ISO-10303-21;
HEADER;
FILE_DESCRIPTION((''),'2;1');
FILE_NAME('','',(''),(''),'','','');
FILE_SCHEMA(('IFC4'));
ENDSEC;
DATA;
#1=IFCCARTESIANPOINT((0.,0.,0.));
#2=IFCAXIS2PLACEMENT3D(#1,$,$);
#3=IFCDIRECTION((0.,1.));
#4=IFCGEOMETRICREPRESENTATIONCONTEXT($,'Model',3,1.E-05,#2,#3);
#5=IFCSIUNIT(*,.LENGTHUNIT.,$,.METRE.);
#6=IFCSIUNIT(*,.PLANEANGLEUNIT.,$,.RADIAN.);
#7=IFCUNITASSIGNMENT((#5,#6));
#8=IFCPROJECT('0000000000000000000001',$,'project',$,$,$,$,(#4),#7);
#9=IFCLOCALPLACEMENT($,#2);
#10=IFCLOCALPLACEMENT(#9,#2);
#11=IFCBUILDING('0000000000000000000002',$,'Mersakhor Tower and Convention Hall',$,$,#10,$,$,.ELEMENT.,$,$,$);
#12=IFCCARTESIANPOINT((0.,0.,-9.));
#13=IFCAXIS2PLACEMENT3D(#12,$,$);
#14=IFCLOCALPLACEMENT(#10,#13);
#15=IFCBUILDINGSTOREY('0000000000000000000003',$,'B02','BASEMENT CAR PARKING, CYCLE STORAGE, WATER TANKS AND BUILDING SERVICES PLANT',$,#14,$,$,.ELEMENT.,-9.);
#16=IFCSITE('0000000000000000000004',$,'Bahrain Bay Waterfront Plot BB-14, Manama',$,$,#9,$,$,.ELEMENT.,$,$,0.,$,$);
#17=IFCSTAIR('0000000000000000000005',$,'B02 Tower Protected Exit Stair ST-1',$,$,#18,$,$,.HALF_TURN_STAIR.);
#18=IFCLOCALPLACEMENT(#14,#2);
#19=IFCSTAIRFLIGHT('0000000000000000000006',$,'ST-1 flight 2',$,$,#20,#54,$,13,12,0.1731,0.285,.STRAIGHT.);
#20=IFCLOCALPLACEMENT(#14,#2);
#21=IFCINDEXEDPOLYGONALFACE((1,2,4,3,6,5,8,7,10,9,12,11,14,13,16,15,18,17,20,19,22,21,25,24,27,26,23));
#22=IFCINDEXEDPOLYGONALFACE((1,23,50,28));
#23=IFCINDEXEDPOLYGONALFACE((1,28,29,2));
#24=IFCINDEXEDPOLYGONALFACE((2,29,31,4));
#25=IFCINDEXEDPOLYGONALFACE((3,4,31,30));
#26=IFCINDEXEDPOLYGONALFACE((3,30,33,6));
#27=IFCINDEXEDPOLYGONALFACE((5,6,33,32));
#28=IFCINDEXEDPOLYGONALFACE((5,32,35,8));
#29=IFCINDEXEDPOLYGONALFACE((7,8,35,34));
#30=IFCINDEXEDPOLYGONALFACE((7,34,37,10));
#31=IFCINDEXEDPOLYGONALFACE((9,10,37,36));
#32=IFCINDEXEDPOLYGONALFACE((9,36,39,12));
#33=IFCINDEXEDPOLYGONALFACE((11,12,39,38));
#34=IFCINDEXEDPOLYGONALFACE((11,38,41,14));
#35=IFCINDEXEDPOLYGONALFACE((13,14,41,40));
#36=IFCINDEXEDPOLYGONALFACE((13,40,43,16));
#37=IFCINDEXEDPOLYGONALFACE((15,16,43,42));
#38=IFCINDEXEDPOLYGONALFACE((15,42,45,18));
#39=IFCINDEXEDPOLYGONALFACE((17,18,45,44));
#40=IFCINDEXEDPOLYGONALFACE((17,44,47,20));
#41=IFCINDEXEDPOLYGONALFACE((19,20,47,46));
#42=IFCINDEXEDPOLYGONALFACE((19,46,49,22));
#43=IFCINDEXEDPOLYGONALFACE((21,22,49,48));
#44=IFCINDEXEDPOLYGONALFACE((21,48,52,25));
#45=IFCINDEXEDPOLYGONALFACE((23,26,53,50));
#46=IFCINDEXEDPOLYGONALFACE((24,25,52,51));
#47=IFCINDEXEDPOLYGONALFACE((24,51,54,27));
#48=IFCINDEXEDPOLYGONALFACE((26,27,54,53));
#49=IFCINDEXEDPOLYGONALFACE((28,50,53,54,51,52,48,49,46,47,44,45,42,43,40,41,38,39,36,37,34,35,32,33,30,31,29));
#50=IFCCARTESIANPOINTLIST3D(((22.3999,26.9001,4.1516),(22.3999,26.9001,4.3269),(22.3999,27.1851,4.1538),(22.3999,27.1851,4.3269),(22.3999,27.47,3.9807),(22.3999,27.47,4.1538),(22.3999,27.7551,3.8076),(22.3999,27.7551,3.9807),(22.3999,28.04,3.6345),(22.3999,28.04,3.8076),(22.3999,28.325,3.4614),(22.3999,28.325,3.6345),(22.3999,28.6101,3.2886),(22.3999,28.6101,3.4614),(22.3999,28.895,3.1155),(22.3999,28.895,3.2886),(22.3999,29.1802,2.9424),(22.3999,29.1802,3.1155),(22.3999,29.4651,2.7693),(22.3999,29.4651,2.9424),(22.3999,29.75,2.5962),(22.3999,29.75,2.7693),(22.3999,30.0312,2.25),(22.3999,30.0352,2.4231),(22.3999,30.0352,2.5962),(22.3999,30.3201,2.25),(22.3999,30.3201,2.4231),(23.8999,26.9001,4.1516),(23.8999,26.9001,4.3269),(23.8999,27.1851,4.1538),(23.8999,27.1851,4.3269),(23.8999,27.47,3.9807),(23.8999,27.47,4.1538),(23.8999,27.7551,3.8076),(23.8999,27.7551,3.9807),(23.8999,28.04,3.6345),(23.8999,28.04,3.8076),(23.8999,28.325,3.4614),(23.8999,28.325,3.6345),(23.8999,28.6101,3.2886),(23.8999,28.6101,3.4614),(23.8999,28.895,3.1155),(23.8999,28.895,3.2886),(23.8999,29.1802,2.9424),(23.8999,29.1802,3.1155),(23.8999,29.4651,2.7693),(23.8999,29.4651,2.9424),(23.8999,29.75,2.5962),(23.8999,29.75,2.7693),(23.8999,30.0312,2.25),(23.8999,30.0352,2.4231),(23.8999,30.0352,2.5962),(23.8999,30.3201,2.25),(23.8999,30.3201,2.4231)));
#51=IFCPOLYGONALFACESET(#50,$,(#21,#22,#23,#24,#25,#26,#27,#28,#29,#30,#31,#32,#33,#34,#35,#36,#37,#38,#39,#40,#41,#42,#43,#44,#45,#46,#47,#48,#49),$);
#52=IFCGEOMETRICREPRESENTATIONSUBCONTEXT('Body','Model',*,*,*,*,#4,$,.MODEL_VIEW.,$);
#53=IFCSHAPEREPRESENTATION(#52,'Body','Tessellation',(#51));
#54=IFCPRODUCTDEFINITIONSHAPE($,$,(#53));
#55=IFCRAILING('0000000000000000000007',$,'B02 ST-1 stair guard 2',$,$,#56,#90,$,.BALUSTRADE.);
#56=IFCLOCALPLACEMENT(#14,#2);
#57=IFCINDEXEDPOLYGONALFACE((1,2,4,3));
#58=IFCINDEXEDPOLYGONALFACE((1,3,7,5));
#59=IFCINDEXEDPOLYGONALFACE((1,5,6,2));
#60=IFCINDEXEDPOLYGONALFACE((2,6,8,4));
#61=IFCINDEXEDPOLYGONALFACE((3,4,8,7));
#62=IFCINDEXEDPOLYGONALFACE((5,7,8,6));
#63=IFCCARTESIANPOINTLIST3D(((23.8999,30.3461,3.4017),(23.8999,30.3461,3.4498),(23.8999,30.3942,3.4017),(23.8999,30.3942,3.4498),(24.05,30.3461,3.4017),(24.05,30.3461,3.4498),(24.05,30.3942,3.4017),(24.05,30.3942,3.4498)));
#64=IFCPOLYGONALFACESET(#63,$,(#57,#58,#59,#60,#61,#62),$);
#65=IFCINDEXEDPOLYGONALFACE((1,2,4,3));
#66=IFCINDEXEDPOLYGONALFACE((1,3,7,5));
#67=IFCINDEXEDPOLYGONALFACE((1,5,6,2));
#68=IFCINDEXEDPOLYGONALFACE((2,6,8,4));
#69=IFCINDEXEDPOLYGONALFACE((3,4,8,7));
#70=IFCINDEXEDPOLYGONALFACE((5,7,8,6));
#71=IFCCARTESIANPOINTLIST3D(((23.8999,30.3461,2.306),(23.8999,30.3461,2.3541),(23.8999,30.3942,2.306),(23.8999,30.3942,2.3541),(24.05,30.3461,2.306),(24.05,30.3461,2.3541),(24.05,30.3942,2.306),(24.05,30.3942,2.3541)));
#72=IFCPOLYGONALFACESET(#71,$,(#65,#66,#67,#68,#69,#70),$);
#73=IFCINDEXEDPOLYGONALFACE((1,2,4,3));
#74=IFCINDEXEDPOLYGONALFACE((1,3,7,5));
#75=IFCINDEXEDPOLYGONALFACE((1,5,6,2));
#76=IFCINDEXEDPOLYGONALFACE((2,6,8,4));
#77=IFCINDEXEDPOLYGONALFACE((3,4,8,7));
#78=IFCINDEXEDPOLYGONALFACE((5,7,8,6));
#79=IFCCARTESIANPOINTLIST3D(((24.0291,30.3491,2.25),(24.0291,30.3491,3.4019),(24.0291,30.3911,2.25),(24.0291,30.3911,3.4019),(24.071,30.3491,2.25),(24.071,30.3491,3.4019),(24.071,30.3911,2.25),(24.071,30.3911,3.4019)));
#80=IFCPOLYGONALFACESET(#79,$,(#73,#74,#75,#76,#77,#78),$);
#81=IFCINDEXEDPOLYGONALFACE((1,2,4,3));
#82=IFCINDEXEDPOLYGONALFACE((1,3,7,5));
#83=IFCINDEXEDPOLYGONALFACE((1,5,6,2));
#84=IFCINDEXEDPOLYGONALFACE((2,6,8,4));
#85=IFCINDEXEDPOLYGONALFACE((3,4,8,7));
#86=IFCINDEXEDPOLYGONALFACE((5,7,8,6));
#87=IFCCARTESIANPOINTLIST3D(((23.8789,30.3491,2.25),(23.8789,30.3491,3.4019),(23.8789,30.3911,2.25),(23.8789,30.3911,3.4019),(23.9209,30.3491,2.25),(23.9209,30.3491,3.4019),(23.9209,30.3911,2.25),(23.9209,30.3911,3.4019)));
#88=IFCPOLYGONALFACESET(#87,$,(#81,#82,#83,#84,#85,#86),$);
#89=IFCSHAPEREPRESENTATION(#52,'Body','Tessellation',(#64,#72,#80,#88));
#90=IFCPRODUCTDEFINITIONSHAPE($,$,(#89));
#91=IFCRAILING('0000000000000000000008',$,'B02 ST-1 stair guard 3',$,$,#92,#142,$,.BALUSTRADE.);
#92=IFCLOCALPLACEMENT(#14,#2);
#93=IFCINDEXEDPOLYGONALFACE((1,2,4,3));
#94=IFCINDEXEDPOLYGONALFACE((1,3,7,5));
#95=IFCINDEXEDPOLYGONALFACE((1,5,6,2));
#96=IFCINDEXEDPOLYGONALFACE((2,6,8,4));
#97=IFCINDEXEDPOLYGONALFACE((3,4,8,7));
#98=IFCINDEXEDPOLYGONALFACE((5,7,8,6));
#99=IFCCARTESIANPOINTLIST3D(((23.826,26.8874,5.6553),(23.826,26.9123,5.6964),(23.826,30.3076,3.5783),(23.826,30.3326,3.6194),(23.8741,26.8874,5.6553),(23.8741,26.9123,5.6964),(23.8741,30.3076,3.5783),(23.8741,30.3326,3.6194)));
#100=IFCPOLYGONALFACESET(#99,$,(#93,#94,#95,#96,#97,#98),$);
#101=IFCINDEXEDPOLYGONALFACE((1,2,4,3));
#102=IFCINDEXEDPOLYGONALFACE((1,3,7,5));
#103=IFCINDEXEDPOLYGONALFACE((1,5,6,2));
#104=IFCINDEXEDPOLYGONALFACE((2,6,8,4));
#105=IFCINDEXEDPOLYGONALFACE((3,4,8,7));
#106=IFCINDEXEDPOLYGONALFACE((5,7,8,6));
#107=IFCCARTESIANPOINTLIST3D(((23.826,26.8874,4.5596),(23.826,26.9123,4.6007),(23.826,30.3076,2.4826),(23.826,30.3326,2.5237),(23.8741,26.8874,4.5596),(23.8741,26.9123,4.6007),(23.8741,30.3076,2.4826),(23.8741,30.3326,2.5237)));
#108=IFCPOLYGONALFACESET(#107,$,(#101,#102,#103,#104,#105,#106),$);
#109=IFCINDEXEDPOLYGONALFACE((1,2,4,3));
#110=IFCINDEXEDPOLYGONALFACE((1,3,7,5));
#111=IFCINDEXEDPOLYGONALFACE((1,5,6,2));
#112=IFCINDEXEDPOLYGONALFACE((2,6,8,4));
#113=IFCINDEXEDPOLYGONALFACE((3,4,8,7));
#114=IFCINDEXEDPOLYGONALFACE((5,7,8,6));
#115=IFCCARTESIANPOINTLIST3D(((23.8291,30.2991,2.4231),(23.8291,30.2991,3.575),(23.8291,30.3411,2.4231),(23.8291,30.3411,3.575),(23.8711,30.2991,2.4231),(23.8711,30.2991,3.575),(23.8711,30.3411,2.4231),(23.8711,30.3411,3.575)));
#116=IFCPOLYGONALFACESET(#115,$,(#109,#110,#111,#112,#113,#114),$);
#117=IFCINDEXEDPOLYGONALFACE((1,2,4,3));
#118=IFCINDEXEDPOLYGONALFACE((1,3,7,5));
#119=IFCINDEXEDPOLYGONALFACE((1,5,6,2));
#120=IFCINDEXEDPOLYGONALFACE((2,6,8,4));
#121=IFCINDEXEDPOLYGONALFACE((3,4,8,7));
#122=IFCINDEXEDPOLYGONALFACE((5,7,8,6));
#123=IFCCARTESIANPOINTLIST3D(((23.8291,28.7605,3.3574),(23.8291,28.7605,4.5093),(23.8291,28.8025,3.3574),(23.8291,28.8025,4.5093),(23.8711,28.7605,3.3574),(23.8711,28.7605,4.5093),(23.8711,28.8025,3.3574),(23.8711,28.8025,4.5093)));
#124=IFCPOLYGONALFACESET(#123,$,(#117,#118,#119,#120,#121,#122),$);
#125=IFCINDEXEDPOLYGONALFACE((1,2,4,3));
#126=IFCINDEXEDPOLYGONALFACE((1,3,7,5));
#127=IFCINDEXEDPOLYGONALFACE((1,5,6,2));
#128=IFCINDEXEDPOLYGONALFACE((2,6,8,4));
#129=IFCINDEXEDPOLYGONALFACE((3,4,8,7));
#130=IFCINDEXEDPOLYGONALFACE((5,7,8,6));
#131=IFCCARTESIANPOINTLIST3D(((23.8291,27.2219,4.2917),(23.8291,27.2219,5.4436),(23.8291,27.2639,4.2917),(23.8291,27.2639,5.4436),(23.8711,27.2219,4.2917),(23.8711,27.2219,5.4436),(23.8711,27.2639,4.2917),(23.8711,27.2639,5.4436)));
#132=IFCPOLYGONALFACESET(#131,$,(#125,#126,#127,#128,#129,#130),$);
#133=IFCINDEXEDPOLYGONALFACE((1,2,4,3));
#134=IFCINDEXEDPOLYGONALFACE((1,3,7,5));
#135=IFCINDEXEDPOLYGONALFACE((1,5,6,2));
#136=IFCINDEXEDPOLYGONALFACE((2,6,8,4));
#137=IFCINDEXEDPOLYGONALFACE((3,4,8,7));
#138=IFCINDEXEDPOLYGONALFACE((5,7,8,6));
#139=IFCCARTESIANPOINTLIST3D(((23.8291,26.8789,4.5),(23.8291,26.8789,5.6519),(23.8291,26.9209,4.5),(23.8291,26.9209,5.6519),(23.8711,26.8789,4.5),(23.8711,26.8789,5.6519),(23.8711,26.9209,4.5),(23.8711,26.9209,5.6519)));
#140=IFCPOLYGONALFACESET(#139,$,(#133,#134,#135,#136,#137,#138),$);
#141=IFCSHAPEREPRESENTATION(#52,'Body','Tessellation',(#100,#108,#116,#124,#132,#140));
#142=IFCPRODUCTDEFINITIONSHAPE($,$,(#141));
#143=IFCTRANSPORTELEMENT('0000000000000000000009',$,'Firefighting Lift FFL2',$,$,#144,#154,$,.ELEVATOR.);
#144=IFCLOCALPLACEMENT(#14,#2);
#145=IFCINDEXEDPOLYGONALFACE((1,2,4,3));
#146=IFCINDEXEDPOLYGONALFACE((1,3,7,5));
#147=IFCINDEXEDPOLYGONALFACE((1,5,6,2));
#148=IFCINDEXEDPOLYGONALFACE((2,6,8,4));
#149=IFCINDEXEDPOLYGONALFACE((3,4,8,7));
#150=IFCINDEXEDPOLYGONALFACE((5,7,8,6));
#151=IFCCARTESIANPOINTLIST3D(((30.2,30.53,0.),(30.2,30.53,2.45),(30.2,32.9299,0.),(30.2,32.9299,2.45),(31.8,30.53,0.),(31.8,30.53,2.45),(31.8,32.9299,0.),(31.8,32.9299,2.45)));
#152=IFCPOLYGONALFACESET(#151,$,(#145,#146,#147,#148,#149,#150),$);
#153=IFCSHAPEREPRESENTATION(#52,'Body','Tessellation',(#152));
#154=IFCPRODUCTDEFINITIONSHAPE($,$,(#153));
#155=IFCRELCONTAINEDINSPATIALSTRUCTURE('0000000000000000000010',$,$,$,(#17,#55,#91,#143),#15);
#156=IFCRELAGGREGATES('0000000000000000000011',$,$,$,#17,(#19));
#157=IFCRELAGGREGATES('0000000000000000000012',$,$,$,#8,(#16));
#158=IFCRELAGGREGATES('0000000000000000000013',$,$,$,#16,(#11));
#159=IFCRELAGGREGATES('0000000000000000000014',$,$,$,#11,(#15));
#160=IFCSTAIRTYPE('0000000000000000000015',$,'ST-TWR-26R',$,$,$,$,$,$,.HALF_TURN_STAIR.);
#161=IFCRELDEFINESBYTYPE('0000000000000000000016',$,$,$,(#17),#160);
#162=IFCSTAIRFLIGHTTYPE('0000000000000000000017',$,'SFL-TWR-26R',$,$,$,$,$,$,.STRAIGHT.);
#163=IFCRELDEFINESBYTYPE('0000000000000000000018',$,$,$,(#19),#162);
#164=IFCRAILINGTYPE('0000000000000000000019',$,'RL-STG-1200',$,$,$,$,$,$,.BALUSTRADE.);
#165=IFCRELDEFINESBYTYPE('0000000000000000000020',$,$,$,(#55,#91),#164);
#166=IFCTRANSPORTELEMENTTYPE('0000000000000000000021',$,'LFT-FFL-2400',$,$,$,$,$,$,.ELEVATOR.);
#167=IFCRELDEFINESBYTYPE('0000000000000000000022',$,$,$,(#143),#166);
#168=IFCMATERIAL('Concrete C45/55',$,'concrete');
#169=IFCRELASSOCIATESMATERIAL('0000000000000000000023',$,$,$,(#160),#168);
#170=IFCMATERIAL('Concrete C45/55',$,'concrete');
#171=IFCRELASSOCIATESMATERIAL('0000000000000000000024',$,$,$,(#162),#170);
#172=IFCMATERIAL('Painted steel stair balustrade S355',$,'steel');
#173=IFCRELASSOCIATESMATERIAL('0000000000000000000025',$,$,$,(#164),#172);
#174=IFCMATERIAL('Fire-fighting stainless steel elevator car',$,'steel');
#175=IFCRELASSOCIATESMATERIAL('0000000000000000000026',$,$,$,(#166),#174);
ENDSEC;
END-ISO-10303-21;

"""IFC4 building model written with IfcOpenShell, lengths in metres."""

from ifc_helpers import new_model, si_unit, direction, frame, origin, origin_2d, place, context, subcontext, project, spatial, polyline, rectangle, outline, extrude, material, type_object, element, aggregate, save


model = new_model("IFC4")

# Units and contexts
model_context = context("Model", 3, precision=1e-05, world=origin(), true_north=direction((0.0, 1.0)))
body_context = subcontext(model_context, "Body", "Model", "MODEL_VIEW")
ifc_project = project(units=[si_unit("LENGTHUNIT", "METRE"), si_unit("PLANEANGLEUNIT", "RADIAN")], contexts=[model_context])

# Site, building, storey
site_placement = place(None, origin())
site = spatial("IfcSite", under=ifc_project, at=site_placement, Name="Bahrain Bay Waterfront Plot BB-14, Manama", CompositionType="ELEMENT", RefElevation=0.0)
building_placement = place(site_placement, origin())
building = spatial("IfcBuilding", under=site, at=building_placement, Name="Mersakhor Tower and Convention Hall", CompositionType="ELEMENT")
storey_placement = place(building_placement, frame((0.0, 0.0, -9.0)))
storey = spatial("IfcBuildingStorey", under=building, at=storey_placement, Name="B02", Description="BASEMENT CAR PARKING, CYCLE STORAGE, WATER TANKS AND BUILDING SERVICES PLANT", CompositionType="ELEMENT", Elevation=-9.0)

# Stair, stair flight
ifc_material_1 = material(Name="Concrete C45/55", Category="concrete")
stair_type = type_object("IfcStairType", Name="ST-TWR-26R", PredefinedType="HALF_TURN_STAIR", material=ifc_material_1)
stair_placement = place(storey_placement, origin())
stair = element("IfcStair", 1, at=stair_placement, inside=storey, type_object=stair_type, Name="B02 Tower Protected Exit Stair ST-1", PredefinedType="HALF_TURN_STAIR")
ifc_material_2 = material(Name="Concrete C45/55", Category="concrete")
stair_flight_type = type_object("IfcStairFlightType", Name="SFL-TWR-26R", PredefinedType="STRAIGHT", material=ifc_material_2)
stair_flight_placement = place(storey_placement, frame((23.1499, 30.3201, 2.25), z_axis=(0.0, 0.0, 1.0), x_axis=(0.0, -1.0, 0.0)))
stair_flight = element("IfcStairFlight", 2, at=stair_flight_placement, type_object=stair_flight_type, Name="ST-1 flight 2", NumberOfRisers=13, NumberOfTreads=12, PredefinedType="STRAIGHT", RiserHeight=0.1731, TreadLength=0.285, context=body_context, shape_type="SweptSolid", body=[
    extrude(outline(polyline([(0.0, 0.0), (0.0, 0.1731), (0.2849, 0.1731), (0.2849, 0.3462), (0.5701, 0.3462), (0.5701, 0.5193), (0.855, 0.5193), (0.855, 0.6924), (1.1399, 0.6924), (1.1399, 0.8655), (1.425, 0.8655), (1.425, 1.0386), (1.71, 1.0386), (1.71, 1.2114), (1.9951, 1.2114), (1.9951, 1.3845), (2.28, 1.3845), (2.28, 1.5576), (2.5649, 1.5576), (2.5649, 1.7307), (2.8501, 1.7307), (2.8501, 1.9038), (3.135, 1.9038), (3.135, 2.0769), (3.4199, 2.0769), (3.4199, 2.25), (3.4199, 1.9016), (0.2888, 0.0), (0.0, 0.0)])), frame((0.0, 0.75, 0.0), z_axis=(0.0, -1.0, 0.0), x_axis=(1.0, 0.0, 0.0)), (0.0, 0.0, 1.0), 1.5),
])
aggregate(stair, [stair_flight])

# Railings
ifc_material_3 = material(Name="Painted steel stair balustrade S355", Category="steel")
railing_type = type_object("IfcRailingType", Name="RL-STG-1200", PredefinedType="BALUSTRADE", material=ifc_material_3)
railing_1_placement = place(storey_placement, frame((24.05, 30.3701, 2.25)))
element("IfcRailing", 3, at=railing_1_placement, inside=storey, type_object=railing_type, Name="B02 ST-1 stair guard 2", PredefinedType="BALUSTRADE", context=body_context, shape_type="SweptSolid", body=[
    extrude(rectangle(XDim=0.0481, YDim=0.0481, at=origin_2d()), frame((0.0, 0.0, 1.1758), z_axis=(-1.0, 0.0, 0.0), x_axis=(0.0, -1.0, 0.0)), (0.0, 0.0, 1.0), 0.1501),
    extrude(rectangle(XDim=0.0481, YDim=0.0481, at=origin_2d()), frame((0.0, 0.0, 0.0801), z_axis=(-1.0, 0.0, 0.0), x_axis=(0.0, -1.0, 0.0)), (0.0, 0.0, 1.0), 0.1501),
    extrude(rectangle(XDim=0.042, YDim=0.042, at=origin_2d()), origin(), (0.0, 0.0, 1.0), 1.1519),
    extrude(rectangle(XDim=0.042, YDim=0.042, at=origin_2d()), frame((-0.1501, 0.0, 0.0)), (0.0, 0.0, 1.0), 1.1519),
])
railing_2_placement = place(storey_placement, frame((23.8501, 30.3201, 2.4231)))
element("IfcRailing", 4, at=railing_2_placement, inside=storey, type_object=railing_type, Name="B02 ST-1 stair guard 3", PredefinedType="BALUSTRADE", context=body_context, shape_type="SweptSolid", body=[
    extrude(rectangle(XDim=0.0481, YDim=0.0481, at=origin_2d()), frame((0.0, 0.0, 1.1758), z_axis=(0.0, -0.854746, 0.519047), x_axis=(1.0, 0.0, 0.0)), (0.0, 0.0, 1.0), 4.0015),
    extrude(rectangle(XDim=0.0481, YDim=0.0481, at=origin_2d()), frame((0.0, 0.0, 0.0801), z_axis=(0.0, -0.854746, 0.519047), x_axis=(1.0, 0.0, 0.0)), (0.0, 0.0, 1.0), 4.0015),
    extrude(rectangle(XDim=0.042, YDim=0.042, at=origin_2d()), origin(), (0.0, 0.0, 1.0), 1.1519),
    extrude(rectangle(XDim=0.042, YDim=0.042, at=origin_2d()), frame((0.0, -1.5386, 0.9343)), (0.0, 0.0, 1.0), 1.1519),
    extrude(rectangle(XDim=0.042, YDim=0.042, at=origin_2d()), frame((0.0, -3.0771, 1.8687)), (0.0, 0.0, 1.0), 1.1519),
    extrude(rectangle(XDim=0.042, YDim=0.042, at=origin_2d()), frame((0.0, -3.4202, 2.0769)), (0.0, 0.0, 1.0), 1.1519),
])

# Transport element
ifc_material_4 = material(Name="Fire-fighting stainless steel elevator car", Category="steel")
transport_element_type = type_object("IfcTransportElementType", Name="LFT-FFL-2400", PredefinedType="ELEVATOR", material=ifc_material_4)
transport_element_placement = place(storey_placement, frame((31.0, 31.73, 0.0), z_axis=(0.0, 0.0, 1.0), x_axis=(0.0, 1.0, 0.0)))
element("IfcTransportElement", 5, at=transport_element_placement, inside=storey, type_object=transport_element_type, Name="Firefighting Lift FFL2", PredefinedType="ELEVATOR", context=body_context, shape_type="SweptSolid", body=[
    extrude(rectangle(XDim=2.3999, YDim=1.6001, at=origin_2d()), origin(), (0.0, 0.0, 1.0), 2.45),
])

save(model, "model.ifc")
